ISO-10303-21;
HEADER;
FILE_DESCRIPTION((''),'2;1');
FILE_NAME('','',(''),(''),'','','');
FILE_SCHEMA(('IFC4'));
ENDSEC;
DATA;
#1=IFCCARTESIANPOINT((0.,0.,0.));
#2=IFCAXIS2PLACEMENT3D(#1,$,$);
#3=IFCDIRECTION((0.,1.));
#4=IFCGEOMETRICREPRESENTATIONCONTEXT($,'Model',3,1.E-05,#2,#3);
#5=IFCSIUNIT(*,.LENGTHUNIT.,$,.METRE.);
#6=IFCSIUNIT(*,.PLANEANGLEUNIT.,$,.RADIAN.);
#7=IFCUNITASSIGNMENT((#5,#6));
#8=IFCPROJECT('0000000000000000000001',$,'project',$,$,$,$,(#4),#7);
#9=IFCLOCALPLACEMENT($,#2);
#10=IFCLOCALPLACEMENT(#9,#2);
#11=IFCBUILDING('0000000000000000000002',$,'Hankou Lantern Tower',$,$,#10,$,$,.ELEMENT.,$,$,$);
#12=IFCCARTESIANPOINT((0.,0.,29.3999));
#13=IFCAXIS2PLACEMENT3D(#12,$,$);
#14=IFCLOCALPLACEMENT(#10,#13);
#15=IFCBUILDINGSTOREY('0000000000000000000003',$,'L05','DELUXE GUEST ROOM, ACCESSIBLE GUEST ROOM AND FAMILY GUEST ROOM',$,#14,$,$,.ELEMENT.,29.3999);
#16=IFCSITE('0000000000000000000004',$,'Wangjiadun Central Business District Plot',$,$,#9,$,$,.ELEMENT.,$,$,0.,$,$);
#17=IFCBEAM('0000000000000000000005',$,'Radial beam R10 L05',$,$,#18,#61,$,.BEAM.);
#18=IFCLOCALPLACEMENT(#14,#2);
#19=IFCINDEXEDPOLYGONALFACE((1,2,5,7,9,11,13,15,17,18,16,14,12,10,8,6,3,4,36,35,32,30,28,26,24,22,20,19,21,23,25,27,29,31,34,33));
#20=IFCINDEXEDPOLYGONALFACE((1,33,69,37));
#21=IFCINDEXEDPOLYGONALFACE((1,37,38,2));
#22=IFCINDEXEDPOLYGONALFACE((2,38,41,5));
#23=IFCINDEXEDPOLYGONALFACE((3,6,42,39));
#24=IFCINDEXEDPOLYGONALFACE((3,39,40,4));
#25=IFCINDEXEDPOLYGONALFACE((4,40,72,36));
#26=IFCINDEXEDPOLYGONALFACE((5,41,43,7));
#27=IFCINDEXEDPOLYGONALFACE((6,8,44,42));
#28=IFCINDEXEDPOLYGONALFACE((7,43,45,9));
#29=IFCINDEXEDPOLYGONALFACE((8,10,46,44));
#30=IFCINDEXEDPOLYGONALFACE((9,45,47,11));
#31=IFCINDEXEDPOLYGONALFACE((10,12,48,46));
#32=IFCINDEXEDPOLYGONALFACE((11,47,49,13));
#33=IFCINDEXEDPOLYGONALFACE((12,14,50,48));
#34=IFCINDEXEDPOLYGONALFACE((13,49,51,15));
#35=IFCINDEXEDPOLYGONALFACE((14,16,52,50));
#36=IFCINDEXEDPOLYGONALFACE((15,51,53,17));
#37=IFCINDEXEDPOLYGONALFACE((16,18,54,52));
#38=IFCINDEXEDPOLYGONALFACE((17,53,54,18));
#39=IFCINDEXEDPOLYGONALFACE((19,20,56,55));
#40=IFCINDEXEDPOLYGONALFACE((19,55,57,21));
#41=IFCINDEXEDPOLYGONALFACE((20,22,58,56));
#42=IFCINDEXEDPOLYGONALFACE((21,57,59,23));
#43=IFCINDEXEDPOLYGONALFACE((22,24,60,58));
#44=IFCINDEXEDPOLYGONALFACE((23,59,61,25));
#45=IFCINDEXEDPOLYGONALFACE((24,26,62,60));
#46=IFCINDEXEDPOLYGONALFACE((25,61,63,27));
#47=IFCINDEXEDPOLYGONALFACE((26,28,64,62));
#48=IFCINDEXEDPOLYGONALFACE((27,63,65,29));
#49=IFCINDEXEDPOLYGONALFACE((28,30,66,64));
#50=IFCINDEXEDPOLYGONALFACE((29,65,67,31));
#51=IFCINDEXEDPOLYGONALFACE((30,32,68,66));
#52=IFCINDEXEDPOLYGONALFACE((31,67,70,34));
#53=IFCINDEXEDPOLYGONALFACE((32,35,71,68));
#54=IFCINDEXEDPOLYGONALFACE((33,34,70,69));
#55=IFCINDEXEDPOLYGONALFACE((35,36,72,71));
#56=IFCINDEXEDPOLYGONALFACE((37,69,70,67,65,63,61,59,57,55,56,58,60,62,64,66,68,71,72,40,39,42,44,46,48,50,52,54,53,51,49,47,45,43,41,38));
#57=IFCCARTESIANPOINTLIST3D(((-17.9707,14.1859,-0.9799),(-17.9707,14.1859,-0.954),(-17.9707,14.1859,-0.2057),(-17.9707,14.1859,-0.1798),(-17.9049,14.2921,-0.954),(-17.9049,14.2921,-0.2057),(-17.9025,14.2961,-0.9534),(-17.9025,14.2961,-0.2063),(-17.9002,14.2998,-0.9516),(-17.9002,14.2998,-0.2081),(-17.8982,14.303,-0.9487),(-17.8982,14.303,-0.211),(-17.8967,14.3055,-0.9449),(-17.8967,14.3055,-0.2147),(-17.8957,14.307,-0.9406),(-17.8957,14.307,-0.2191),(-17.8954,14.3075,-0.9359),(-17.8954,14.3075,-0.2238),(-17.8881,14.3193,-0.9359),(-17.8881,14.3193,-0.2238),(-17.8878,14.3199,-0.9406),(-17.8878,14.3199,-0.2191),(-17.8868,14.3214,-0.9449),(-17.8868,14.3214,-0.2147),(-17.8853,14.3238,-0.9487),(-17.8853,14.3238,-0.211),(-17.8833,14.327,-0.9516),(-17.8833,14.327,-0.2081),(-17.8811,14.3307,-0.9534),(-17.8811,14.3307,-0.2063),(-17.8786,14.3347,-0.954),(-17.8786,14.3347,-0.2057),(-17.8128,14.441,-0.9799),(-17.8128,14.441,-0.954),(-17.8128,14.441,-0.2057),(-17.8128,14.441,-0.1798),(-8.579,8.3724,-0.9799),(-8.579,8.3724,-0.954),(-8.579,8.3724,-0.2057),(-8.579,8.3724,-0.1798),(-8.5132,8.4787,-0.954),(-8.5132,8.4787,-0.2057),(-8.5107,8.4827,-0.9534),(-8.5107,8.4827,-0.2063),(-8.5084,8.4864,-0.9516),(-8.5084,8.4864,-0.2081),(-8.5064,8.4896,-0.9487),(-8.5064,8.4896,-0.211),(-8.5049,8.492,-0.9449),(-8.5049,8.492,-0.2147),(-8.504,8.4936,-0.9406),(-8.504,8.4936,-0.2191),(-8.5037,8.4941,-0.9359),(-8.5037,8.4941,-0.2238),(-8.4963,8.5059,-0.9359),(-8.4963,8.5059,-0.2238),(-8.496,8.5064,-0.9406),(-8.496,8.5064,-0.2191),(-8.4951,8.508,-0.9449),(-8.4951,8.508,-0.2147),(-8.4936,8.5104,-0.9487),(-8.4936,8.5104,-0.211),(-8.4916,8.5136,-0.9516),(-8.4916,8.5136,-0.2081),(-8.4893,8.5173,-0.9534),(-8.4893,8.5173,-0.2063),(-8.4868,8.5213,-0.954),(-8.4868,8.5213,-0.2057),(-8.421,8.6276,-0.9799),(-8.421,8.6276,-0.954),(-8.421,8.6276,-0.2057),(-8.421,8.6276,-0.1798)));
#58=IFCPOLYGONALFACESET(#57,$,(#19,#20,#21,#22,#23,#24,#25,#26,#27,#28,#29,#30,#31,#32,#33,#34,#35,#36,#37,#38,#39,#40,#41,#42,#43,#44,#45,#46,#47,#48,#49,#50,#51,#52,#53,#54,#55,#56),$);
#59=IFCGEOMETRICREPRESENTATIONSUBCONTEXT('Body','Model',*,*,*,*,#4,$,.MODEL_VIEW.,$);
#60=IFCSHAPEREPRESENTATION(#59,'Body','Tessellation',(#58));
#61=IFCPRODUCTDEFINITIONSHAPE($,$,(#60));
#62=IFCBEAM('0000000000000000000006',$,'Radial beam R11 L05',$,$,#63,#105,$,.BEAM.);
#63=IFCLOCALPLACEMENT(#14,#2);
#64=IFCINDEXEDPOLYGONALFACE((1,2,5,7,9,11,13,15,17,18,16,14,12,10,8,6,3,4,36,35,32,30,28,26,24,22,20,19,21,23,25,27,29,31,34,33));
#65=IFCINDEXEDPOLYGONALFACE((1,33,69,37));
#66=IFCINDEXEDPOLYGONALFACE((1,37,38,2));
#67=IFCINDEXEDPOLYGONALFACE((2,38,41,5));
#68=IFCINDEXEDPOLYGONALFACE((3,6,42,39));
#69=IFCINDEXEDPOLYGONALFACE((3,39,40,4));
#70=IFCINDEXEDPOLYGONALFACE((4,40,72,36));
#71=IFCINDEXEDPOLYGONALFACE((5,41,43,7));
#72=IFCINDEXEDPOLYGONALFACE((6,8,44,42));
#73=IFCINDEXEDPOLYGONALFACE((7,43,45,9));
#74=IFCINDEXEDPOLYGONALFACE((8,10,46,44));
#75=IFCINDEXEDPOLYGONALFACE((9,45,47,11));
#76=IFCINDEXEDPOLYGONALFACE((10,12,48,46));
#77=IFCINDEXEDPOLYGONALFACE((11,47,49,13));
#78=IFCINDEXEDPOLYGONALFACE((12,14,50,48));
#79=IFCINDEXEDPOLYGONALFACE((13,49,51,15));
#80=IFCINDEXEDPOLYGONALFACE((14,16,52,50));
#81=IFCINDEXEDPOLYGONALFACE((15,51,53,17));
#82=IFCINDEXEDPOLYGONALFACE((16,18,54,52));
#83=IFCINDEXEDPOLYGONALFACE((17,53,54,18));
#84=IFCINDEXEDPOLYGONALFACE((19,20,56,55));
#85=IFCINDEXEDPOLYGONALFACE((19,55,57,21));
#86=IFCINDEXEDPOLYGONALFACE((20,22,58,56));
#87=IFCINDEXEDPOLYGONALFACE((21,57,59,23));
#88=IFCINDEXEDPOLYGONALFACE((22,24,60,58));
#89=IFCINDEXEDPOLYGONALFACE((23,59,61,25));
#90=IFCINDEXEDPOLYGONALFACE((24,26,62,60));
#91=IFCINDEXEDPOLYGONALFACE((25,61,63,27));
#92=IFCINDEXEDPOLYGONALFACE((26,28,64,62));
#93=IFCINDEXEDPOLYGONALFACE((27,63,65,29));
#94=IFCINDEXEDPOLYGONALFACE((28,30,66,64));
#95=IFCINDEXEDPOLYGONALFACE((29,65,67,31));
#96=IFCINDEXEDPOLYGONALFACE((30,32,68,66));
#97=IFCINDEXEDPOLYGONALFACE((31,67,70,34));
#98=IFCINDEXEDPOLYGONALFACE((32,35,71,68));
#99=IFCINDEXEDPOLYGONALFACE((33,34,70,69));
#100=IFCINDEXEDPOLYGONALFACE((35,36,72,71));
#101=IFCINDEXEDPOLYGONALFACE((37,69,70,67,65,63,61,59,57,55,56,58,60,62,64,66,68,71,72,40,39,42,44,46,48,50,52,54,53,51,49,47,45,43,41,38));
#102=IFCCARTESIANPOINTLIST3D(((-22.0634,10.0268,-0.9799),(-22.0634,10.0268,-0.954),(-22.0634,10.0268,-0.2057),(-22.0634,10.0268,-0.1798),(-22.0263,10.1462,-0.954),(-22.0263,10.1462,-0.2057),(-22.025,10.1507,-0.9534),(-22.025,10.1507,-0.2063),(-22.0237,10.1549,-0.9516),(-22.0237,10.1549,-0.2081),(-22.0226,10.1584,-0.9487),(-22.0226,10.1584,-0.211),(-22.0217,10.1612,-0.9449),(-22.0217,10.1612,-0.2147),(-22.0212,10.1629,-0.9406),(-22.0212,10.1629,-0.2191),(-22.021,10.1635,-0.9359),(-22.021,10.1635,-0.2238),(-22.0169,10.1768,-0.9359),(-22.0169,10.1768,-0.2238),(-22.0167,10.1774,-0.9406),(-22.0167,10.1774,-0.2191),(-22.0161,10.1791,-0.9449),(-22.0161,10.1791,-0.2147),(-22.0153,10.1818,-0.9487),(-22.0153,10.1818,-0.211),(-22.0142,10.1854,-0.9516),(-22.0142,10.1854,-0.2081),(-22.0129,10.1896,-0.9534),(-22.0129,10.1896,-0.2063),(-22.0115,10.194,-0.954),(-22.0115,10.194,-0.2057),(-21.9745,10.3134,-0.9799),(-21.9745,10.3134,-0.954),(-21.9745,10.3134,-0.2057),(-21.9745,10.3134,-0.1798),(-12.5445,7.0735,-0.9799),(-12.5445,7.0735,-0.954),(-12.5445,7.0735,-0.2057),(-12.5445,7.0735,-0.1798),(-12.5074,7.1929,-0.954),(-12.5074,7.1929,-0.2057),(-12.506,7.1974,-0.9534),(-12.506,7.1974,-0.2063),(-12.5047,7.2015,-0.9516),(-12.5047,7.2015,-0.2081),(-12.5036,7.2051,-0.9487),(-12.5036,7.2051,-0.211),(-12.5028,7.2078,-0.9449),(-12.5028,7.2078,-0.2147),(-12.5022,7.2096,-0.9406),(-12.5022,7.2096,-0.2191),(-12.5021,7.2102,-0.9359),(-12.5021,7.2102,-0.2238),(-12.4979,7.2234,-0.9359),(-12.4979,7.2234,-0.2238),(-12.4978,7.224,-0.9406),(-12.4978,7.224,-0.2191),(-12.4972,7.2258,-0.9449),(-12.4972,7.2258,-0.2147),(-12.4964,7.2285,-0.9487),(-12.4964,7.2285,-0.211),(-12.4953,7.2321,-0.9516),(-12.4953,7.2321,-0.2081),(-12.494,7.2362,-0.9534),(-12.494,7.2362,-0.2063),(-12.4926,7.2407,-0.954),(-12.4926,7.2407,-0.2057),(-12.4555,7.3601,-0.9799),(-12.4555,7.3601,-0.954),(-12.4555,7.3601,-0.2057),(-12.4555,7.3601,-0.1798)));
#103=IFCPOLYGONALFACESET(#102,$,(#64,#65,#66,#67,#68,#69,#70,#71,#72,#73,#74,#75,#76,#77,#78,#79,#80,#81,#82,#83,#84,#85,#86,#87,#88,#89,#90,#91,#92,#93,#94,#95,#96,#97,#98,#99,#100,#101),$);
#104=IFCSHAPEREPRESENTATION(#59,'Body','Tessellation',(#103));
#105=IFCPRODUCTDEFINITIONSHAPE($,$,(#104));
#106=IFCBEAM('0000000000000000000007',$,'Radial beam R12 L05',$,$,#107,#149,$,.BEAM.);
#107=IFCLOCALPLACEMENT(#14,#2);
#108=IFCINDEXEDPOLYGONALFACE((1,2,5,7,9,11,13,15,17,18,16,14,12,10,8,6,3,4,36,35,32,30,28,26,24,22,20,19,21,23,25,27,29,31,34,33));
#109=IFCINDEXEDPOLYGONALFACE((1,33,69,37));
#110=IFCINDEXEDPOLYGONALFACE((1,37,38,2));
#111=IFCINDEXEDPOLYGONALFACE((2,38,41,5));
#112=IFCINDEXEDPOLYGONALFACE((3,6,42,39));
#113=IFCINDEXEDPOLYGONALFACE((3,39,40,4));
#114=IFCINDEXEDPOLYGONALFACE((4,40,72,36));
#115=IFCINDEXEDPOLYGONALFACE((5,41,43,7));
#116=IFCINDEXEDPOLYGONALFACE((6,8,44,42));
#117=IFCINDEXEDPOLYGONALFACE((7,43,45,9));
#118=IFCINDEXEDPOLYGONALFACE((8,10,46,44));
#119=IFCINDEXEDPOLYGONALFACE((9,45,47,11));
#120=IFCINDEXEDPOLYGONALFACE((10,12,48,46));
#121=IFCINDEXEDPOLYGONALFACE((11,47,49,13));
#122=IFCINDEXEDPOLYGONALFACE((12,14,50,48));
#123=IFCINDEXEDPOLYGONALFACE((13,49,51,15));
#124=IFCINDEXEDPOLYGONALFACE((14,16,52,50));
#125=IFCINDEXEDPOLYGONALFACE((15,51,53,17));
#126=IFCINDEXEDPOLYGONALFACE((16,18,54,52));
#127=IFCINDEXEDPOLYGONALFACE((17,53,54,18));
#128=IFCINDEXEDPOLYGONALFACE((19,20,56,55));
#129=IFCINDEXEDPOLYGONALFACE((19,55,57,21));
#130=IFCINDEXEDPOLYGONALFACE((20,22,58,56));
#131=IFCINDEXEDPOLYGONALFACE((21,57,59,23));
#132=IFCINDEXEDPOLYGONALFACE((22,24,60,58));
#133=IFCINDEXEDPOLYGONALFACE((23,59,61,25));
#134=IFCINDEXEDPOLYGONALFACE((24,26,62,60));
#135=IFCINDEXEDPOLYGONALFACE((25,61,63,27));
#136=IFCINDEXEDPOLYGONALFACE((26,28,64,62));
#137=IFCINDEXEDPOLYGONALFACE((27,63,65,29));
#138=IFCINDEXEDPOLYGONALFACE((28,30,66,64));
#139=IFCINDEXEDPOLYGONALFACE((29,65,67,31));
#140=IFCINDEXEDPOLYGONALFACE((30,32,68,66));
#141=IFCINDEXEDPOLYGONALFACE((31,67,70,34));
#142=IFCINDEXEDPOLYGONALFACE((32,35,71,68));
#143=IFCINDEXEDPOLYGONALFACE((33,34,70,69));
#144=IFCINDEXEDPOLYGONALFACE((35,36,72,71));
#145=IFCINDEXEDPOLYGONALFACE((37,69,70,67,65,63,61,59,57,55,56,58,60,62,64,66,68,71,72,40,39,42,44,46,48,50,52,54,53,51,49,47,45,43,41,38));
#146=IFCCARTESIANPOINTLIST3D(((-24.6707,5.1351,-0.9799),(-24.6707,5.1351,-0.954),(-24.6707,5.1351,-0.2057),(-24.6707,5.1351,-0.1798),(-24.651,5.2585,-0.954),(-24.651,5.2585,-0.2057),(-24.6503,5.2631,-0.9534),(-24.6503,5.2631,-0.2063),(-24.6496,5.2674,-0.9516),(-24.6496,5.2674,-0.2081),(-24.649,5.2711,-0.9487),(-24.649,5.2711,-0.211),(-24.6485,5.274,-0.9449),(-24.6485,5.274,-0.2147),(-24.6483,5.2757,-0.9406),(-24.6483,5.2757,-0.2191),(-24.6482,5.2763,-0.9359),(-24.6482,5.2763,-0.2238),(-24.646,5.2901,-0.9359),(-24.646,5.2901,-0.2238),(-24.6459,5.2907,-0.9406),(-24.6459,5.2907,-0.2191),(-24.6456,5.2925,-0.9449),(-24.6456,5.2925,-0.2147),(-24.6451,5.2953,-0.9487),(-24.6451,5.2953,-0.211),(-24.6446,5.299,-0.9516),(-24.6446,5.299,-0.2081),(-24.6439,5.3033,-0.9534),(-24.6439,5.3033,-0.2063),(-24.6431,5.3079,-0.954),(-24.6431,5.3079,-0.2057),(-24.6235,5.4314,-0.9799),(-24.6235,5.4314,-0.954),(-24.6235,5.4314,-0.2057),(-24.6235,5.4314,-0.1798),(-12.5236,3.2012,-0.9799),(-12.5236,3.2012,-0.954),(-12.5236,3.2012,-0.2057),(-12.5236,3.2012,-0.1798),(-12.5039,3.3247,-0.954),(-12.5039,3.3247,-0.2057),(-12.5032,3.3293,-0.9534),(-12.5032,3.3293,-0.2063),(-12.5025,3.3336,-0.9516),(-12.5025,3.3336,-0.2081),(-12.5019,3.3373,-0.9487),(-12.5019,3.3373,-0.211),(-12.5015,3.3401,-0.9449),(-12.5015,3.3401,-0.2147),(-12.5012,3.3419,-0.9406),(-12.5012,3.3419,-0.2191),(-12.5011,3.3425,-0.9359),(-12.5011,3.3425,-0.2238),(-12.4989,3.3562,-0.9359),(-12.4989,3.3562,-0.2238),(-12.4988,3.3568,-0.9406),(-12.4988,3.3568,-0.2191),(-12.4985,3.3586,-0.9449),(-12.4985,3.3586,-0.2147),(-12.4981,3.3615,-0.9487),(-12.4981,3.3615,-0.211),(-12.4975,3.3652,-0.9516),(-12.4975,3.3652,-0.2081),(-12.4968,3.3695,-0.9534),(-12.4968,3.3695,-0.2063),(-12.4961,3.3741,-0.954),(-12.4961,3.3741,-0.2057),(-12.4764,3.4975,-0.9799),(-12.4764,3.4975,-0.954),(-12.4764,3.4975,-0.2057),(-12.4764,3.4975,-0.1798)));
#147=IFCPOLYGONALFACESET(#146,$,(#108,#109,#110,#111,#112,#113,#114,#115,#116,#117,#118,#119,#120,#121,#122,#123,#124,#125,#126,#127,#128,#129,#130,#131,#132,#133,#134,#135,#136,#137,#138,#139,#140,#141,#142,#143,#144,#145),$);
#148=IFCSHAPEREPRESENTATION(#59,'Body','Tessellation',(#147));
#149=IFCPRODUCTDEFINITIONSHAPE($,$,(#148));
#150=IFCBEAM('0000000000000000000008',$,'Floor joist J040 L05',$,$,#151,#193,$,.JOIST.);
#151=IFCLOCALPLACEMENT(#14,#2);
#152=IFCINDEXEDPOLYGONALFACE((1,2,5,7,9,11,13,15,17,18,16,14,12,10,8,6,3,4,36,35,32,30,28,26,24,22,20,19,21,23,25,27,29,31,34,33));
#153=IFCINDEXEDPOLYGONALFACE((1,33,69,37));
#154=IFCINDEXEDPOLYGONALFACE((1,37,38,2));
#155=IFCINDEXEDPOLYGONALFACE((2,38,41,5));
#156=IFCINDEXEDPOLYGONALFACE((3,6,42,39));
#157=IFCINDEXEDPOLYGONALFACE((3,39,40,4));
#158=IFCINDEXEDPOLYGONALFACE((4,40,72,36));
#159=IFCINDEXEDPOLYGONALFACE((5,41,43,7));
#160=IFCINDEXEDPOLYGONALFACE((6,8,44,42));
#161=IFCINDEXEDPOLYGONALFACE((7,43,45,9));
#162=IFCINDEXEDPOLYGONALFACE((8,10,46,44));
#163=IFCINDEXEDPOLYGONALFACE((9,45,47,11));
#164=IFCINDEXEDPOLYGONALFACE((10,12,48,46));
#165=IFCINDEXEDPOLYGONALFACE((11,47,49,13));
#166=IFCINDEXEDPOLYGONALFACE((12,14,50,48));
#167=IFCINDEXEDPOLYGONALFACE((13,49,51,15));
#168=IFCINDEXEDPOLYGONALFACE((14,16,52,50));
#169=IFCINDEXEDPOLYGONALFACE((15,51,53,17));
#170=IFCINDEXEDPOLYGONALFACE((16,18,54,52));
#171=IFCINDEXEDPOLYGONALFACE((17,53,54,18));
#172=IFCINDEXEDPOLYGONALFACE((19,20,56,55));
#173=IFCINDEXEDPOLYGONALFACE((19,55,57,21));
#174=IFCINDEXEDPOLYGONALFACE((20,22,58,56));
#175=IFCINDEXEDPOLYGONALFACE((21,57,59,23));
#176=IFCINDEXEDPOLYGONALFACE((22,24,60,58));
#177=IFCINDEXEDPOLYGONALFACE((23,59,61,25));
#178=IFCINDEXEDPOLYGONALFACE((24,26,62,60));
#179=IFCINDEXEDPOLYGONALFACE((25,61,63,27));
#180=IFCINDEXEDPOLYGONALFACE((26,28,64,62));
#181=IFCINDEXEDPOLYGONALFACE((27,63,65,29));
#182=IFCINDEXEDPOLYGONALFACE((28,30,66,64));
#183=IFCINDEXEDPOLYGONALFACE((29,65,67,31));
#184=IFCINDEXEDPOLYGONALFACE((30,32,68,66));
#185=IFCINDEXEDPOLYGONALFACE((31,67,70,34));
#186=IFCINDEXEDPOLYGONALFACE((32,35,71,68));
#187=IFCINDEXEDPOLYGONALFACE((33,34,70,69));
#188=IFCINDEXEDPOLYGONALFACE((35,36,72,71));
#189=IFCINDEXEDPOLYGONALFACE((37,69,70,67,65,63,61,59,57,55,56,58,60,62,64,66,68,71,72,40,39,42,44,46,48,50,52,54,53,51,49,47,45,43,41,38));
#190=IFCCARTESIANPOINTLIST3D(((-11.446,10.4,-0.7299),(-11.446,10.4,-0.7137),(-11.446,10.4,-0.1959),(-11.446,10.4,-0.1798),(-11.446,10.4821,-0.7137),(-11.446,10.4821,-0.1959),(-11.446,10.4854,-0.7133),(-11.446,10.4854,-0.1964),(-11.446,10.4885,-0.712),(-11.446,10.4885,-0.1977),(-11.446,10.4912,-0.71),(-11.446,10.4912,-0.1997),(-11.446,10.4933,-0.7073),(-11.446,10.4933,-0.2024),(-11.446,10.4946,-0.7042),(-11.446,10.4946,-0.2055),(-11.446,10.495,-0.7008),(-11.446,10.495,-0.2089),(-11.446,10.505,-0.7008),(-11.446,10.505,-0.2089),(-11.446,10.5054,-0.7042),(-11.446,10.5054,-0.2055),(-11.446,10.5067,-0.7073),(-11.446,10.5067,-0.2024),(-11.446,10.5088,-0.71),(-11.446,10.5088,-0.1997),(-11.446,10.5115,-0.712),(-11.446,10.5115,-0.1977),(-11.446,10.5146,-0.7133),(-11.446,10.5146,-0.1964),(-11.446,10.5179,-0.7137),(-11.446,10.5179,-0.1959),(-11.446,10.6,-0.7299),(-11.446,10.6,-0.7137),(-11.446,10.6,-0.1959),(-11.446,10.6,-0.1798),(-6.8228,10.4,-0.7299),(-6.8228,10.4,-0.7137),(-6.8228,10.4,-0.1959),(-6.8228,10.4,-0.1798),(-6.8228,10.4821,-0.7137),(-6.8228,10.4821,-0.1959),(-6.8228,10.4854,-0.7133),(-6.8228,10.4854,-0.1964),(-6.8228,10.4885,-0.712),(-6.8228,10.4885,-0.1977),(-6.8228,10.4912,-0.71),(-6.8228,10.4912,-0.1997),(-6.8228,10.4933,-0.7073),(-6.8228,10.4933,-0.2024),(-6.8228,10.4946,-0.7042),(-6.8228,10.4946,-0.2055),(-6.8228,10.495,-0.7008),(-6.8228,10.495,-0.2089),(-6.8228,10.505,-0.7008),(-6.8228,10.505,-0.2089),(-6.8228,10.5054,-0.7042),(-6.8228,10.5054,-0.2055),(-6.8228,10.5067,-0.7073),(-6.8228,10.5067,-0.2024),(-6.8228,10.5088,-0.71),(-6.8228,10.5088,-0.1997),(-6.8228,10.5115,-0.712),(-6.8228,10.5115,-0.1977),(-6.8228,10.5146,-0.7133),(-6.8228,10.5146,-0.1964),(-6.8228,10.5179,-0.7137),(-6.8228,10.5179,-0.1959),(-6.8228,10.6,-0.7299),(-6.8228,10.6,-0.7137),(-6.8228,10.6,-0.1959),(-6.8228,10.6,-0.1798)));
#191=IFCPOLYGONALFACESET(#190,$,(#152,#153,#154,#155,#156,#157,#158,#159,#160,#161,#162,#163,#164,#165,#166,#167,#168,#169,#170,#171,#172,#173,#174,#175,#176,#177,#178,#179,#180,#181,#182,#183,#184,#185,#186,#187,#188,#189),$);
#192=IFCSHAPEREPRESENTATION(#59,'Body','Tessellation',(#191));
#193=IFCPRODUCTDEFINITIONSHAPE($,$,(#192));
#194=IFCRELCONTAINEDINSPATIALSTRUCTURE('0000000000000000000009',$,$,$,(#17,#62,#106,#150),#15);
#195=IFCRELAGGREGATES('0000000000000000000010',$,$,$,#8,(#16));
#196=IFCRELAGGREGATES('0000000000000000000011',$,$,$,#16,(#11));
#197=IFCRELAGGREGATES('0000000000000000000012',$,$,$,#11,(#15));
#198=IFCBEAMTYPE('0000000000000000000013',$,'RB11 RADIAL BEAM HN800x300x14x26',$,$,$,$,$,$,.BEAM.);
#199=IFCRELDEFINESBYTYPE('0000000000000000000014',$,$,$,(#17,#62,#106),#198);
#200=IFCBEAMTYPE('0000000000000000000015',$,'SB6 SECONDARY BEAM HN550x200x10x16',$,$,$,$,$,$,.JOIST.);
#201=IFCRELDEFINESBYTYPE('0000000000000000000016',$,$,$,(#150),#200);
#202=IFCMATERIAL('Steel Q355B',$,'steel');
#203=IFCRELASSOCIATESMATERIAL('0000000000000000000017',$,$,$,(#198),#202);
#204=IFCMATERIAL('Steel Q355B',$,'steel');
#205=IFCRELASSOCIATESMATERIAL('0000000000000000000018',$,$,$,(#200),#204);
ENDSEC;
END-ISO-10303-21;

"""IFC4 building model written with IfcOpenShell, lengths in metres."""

from ifc_helpers import new_model, si_unit, direction, frame, origin, origin_2d, place, context, subcontext, project, spatial, i_section, extrude, material, material_profile, profile_set, type_object, element, save


model = new_model("IFC4")

# Units and contexts
model_context = context("Model", 3, precision=1e-05, world=origin(), true_north=direction((0.0, 1.0)))
body_context = subcontext(model_context, "Body", "Model", "MODEL_VIEW")
ifc_project = project(units=[si_unit("LENGTHUNIT", "METRE"), si_unit("PLANEANGLEUNIT", "RADIAN")], contexts=[model_context])

# Site, building, storey
site_placement = place(None, origin())
site = spatial("IfcSite", under=ifc_project, at=site_placement, Name="Wangjiadun Central Business District Plot", CompositionType="ELEMENT", RefElevation=0.0)
building_placement = place(site_placement, origin())
building = spatial("IfcBuilding", under=site, at=building_placement, Name="Hankou Lantern Tower", CompositionType="ELEMENT")
storey_placement = place(building_placement, frame((0.0, 0.0, 29.3999)))
storey = spatial("IfcBuildingStorey", under=building, at=storey_placement, Name="L05", Description="DELUXE GUEST ROOM, ACCESSIBLE GUEST ROOM AND FAMILY GUEST ROOM", CompositionType="ELEMENT", Elevation=29.3999)

# Beams
ifc_material_1 = material(Name="Steel Q355B", Category="steel")
ifc_material_profile_1 = material_profile(ifc_material_1, i_section(OverallWidth=0.3, OverallDepth=0.8, WebThickness=0.0139, FlangeThickness=0.0259, FilletRadius=0.0181, at=origin_2d()), Name="HN800x300x14x26")
ifc_profile_set_1 = profile_set([ifc_material_profile_1], Name="Steel Q355B")
beam_type_1 = type_object("IfcBeamType", Name="RB11 RADIAL BEAM HN800x300x14x26", PredefinedType="BEAM", material=ifc_profile_set_1)
beam_1_placement = place(storey_placement, frame((-8.5, 8.5, -0.5798), z_axis=(-0.850286, 0.52632, 0.0), x_axis=(-0.52632, -0.850286, 0.0)))
element("IfcBeam", 1, at=beam_1_placement, inside=storey, type_object=beam_type_1, Name="Radial beam R10 L05", PredefinedType="BEAM", context=body_context, shape_type="SweptSolid", body=[
    extrude(i_section(OverallWidth=0.3, OverallDepth=0.8, WebThickness=0.0139, FlangeThickness=0.0259, FilletRadius=0.0181, at=origin_2d()), origin(), (0.0, 0.0, 1.0), 11.0454),
])
beam_2_placement = place(storey_placement, frame((-12.5, 7.2168, -0.5798), z_axis=(-0.955087, 0.296324, 0.0), x_axis=(-0.296324, -0.955087, 0.0)))
element("IfcBeam", 2, at=beam_2_placement, inside=storey, type_object=beam_type_1, Name="Radial beam R11 L05", PredefinedType="BEAM", context=body_context, shape_type="SweptSolid", body=[
    extrude(i_section(OverallWidth=0.3, OverallDepth=0.8, WebThickness=0.0139, FlangeThickness=0.0259, FilletRadius=0.0181, at=origin_2d()), origin(), (0.0, 0.0, 1.0), 9.9666),
])
beam_3_placement = place(storey_placement, frame((-12.5, 3.3494, -0.5798), z_axis=(-0.987563, 0.157223, 0.0), x_axis=(-0.157223, -0.987563, 0.0)))
element("IfcBeam", 3, at=beam_3_placement, inside=storey, type_object=beam_type_1, Name="Radial beam R12 L05", PredefinedType="BEAM", context=body_context, shape_type="SweptSolid", body=[
    extrude(i_section(OverallWidth=0.3, OverallDepth=0.8, WebThickness=0.0139, FlangeThickness=0.0259, FilletRadius=0.0181, at=origin_2d()), origin(), (0.0, 0.0, 1.0), 12.3),
])
ifc_material_2 = material(Name="Steel Q355B", Category="steel")
ifc_material_profile_2 = material_profile(ifc_material_2, i_section(OverallWidth=0.2, OverallDepth=0.55, WebThickness=0.01, FlangeThickness=0.0161, FilletRadius=0.0129, at=origin_2d()), Name="HN550x200x10x16")
ifc_profile_set_2 = profile_set([ifc_material_profile_2], Name="Steel Q355B")
beam_type_2 = type_object("IfcBeamType", Name="SB6 SECONDARY BEAM HN550x200x10x16", PredefinedType="JOIST", material=ifc_profile_set_2)
beam_4_placement = place(storey_placement, frame((-11.446, 10.5, -0.4548), z_axis=(1.0, 0.0, 0.0), x_axis=(0.0, 1.0, 0.0)))
element("IfcBeam", 4, at=beam_4_placement, inside=storey, type_object=beam_type_2, Name="Floor joist J040 L05", PredefinedType="JOIST", context=body_context, shape_type="SweptSolid", body=[
    extrude(i_section(OverallWidth=0.2, OverallDepth=0.55, WebThickness=0.01, FlangeThickness=0.0161, FilletRadius=0.0129, at=origin_2d()), origin(), (0.0, 0.0, 1.0), 4.6233),
])

save(model, "model.ifc")
